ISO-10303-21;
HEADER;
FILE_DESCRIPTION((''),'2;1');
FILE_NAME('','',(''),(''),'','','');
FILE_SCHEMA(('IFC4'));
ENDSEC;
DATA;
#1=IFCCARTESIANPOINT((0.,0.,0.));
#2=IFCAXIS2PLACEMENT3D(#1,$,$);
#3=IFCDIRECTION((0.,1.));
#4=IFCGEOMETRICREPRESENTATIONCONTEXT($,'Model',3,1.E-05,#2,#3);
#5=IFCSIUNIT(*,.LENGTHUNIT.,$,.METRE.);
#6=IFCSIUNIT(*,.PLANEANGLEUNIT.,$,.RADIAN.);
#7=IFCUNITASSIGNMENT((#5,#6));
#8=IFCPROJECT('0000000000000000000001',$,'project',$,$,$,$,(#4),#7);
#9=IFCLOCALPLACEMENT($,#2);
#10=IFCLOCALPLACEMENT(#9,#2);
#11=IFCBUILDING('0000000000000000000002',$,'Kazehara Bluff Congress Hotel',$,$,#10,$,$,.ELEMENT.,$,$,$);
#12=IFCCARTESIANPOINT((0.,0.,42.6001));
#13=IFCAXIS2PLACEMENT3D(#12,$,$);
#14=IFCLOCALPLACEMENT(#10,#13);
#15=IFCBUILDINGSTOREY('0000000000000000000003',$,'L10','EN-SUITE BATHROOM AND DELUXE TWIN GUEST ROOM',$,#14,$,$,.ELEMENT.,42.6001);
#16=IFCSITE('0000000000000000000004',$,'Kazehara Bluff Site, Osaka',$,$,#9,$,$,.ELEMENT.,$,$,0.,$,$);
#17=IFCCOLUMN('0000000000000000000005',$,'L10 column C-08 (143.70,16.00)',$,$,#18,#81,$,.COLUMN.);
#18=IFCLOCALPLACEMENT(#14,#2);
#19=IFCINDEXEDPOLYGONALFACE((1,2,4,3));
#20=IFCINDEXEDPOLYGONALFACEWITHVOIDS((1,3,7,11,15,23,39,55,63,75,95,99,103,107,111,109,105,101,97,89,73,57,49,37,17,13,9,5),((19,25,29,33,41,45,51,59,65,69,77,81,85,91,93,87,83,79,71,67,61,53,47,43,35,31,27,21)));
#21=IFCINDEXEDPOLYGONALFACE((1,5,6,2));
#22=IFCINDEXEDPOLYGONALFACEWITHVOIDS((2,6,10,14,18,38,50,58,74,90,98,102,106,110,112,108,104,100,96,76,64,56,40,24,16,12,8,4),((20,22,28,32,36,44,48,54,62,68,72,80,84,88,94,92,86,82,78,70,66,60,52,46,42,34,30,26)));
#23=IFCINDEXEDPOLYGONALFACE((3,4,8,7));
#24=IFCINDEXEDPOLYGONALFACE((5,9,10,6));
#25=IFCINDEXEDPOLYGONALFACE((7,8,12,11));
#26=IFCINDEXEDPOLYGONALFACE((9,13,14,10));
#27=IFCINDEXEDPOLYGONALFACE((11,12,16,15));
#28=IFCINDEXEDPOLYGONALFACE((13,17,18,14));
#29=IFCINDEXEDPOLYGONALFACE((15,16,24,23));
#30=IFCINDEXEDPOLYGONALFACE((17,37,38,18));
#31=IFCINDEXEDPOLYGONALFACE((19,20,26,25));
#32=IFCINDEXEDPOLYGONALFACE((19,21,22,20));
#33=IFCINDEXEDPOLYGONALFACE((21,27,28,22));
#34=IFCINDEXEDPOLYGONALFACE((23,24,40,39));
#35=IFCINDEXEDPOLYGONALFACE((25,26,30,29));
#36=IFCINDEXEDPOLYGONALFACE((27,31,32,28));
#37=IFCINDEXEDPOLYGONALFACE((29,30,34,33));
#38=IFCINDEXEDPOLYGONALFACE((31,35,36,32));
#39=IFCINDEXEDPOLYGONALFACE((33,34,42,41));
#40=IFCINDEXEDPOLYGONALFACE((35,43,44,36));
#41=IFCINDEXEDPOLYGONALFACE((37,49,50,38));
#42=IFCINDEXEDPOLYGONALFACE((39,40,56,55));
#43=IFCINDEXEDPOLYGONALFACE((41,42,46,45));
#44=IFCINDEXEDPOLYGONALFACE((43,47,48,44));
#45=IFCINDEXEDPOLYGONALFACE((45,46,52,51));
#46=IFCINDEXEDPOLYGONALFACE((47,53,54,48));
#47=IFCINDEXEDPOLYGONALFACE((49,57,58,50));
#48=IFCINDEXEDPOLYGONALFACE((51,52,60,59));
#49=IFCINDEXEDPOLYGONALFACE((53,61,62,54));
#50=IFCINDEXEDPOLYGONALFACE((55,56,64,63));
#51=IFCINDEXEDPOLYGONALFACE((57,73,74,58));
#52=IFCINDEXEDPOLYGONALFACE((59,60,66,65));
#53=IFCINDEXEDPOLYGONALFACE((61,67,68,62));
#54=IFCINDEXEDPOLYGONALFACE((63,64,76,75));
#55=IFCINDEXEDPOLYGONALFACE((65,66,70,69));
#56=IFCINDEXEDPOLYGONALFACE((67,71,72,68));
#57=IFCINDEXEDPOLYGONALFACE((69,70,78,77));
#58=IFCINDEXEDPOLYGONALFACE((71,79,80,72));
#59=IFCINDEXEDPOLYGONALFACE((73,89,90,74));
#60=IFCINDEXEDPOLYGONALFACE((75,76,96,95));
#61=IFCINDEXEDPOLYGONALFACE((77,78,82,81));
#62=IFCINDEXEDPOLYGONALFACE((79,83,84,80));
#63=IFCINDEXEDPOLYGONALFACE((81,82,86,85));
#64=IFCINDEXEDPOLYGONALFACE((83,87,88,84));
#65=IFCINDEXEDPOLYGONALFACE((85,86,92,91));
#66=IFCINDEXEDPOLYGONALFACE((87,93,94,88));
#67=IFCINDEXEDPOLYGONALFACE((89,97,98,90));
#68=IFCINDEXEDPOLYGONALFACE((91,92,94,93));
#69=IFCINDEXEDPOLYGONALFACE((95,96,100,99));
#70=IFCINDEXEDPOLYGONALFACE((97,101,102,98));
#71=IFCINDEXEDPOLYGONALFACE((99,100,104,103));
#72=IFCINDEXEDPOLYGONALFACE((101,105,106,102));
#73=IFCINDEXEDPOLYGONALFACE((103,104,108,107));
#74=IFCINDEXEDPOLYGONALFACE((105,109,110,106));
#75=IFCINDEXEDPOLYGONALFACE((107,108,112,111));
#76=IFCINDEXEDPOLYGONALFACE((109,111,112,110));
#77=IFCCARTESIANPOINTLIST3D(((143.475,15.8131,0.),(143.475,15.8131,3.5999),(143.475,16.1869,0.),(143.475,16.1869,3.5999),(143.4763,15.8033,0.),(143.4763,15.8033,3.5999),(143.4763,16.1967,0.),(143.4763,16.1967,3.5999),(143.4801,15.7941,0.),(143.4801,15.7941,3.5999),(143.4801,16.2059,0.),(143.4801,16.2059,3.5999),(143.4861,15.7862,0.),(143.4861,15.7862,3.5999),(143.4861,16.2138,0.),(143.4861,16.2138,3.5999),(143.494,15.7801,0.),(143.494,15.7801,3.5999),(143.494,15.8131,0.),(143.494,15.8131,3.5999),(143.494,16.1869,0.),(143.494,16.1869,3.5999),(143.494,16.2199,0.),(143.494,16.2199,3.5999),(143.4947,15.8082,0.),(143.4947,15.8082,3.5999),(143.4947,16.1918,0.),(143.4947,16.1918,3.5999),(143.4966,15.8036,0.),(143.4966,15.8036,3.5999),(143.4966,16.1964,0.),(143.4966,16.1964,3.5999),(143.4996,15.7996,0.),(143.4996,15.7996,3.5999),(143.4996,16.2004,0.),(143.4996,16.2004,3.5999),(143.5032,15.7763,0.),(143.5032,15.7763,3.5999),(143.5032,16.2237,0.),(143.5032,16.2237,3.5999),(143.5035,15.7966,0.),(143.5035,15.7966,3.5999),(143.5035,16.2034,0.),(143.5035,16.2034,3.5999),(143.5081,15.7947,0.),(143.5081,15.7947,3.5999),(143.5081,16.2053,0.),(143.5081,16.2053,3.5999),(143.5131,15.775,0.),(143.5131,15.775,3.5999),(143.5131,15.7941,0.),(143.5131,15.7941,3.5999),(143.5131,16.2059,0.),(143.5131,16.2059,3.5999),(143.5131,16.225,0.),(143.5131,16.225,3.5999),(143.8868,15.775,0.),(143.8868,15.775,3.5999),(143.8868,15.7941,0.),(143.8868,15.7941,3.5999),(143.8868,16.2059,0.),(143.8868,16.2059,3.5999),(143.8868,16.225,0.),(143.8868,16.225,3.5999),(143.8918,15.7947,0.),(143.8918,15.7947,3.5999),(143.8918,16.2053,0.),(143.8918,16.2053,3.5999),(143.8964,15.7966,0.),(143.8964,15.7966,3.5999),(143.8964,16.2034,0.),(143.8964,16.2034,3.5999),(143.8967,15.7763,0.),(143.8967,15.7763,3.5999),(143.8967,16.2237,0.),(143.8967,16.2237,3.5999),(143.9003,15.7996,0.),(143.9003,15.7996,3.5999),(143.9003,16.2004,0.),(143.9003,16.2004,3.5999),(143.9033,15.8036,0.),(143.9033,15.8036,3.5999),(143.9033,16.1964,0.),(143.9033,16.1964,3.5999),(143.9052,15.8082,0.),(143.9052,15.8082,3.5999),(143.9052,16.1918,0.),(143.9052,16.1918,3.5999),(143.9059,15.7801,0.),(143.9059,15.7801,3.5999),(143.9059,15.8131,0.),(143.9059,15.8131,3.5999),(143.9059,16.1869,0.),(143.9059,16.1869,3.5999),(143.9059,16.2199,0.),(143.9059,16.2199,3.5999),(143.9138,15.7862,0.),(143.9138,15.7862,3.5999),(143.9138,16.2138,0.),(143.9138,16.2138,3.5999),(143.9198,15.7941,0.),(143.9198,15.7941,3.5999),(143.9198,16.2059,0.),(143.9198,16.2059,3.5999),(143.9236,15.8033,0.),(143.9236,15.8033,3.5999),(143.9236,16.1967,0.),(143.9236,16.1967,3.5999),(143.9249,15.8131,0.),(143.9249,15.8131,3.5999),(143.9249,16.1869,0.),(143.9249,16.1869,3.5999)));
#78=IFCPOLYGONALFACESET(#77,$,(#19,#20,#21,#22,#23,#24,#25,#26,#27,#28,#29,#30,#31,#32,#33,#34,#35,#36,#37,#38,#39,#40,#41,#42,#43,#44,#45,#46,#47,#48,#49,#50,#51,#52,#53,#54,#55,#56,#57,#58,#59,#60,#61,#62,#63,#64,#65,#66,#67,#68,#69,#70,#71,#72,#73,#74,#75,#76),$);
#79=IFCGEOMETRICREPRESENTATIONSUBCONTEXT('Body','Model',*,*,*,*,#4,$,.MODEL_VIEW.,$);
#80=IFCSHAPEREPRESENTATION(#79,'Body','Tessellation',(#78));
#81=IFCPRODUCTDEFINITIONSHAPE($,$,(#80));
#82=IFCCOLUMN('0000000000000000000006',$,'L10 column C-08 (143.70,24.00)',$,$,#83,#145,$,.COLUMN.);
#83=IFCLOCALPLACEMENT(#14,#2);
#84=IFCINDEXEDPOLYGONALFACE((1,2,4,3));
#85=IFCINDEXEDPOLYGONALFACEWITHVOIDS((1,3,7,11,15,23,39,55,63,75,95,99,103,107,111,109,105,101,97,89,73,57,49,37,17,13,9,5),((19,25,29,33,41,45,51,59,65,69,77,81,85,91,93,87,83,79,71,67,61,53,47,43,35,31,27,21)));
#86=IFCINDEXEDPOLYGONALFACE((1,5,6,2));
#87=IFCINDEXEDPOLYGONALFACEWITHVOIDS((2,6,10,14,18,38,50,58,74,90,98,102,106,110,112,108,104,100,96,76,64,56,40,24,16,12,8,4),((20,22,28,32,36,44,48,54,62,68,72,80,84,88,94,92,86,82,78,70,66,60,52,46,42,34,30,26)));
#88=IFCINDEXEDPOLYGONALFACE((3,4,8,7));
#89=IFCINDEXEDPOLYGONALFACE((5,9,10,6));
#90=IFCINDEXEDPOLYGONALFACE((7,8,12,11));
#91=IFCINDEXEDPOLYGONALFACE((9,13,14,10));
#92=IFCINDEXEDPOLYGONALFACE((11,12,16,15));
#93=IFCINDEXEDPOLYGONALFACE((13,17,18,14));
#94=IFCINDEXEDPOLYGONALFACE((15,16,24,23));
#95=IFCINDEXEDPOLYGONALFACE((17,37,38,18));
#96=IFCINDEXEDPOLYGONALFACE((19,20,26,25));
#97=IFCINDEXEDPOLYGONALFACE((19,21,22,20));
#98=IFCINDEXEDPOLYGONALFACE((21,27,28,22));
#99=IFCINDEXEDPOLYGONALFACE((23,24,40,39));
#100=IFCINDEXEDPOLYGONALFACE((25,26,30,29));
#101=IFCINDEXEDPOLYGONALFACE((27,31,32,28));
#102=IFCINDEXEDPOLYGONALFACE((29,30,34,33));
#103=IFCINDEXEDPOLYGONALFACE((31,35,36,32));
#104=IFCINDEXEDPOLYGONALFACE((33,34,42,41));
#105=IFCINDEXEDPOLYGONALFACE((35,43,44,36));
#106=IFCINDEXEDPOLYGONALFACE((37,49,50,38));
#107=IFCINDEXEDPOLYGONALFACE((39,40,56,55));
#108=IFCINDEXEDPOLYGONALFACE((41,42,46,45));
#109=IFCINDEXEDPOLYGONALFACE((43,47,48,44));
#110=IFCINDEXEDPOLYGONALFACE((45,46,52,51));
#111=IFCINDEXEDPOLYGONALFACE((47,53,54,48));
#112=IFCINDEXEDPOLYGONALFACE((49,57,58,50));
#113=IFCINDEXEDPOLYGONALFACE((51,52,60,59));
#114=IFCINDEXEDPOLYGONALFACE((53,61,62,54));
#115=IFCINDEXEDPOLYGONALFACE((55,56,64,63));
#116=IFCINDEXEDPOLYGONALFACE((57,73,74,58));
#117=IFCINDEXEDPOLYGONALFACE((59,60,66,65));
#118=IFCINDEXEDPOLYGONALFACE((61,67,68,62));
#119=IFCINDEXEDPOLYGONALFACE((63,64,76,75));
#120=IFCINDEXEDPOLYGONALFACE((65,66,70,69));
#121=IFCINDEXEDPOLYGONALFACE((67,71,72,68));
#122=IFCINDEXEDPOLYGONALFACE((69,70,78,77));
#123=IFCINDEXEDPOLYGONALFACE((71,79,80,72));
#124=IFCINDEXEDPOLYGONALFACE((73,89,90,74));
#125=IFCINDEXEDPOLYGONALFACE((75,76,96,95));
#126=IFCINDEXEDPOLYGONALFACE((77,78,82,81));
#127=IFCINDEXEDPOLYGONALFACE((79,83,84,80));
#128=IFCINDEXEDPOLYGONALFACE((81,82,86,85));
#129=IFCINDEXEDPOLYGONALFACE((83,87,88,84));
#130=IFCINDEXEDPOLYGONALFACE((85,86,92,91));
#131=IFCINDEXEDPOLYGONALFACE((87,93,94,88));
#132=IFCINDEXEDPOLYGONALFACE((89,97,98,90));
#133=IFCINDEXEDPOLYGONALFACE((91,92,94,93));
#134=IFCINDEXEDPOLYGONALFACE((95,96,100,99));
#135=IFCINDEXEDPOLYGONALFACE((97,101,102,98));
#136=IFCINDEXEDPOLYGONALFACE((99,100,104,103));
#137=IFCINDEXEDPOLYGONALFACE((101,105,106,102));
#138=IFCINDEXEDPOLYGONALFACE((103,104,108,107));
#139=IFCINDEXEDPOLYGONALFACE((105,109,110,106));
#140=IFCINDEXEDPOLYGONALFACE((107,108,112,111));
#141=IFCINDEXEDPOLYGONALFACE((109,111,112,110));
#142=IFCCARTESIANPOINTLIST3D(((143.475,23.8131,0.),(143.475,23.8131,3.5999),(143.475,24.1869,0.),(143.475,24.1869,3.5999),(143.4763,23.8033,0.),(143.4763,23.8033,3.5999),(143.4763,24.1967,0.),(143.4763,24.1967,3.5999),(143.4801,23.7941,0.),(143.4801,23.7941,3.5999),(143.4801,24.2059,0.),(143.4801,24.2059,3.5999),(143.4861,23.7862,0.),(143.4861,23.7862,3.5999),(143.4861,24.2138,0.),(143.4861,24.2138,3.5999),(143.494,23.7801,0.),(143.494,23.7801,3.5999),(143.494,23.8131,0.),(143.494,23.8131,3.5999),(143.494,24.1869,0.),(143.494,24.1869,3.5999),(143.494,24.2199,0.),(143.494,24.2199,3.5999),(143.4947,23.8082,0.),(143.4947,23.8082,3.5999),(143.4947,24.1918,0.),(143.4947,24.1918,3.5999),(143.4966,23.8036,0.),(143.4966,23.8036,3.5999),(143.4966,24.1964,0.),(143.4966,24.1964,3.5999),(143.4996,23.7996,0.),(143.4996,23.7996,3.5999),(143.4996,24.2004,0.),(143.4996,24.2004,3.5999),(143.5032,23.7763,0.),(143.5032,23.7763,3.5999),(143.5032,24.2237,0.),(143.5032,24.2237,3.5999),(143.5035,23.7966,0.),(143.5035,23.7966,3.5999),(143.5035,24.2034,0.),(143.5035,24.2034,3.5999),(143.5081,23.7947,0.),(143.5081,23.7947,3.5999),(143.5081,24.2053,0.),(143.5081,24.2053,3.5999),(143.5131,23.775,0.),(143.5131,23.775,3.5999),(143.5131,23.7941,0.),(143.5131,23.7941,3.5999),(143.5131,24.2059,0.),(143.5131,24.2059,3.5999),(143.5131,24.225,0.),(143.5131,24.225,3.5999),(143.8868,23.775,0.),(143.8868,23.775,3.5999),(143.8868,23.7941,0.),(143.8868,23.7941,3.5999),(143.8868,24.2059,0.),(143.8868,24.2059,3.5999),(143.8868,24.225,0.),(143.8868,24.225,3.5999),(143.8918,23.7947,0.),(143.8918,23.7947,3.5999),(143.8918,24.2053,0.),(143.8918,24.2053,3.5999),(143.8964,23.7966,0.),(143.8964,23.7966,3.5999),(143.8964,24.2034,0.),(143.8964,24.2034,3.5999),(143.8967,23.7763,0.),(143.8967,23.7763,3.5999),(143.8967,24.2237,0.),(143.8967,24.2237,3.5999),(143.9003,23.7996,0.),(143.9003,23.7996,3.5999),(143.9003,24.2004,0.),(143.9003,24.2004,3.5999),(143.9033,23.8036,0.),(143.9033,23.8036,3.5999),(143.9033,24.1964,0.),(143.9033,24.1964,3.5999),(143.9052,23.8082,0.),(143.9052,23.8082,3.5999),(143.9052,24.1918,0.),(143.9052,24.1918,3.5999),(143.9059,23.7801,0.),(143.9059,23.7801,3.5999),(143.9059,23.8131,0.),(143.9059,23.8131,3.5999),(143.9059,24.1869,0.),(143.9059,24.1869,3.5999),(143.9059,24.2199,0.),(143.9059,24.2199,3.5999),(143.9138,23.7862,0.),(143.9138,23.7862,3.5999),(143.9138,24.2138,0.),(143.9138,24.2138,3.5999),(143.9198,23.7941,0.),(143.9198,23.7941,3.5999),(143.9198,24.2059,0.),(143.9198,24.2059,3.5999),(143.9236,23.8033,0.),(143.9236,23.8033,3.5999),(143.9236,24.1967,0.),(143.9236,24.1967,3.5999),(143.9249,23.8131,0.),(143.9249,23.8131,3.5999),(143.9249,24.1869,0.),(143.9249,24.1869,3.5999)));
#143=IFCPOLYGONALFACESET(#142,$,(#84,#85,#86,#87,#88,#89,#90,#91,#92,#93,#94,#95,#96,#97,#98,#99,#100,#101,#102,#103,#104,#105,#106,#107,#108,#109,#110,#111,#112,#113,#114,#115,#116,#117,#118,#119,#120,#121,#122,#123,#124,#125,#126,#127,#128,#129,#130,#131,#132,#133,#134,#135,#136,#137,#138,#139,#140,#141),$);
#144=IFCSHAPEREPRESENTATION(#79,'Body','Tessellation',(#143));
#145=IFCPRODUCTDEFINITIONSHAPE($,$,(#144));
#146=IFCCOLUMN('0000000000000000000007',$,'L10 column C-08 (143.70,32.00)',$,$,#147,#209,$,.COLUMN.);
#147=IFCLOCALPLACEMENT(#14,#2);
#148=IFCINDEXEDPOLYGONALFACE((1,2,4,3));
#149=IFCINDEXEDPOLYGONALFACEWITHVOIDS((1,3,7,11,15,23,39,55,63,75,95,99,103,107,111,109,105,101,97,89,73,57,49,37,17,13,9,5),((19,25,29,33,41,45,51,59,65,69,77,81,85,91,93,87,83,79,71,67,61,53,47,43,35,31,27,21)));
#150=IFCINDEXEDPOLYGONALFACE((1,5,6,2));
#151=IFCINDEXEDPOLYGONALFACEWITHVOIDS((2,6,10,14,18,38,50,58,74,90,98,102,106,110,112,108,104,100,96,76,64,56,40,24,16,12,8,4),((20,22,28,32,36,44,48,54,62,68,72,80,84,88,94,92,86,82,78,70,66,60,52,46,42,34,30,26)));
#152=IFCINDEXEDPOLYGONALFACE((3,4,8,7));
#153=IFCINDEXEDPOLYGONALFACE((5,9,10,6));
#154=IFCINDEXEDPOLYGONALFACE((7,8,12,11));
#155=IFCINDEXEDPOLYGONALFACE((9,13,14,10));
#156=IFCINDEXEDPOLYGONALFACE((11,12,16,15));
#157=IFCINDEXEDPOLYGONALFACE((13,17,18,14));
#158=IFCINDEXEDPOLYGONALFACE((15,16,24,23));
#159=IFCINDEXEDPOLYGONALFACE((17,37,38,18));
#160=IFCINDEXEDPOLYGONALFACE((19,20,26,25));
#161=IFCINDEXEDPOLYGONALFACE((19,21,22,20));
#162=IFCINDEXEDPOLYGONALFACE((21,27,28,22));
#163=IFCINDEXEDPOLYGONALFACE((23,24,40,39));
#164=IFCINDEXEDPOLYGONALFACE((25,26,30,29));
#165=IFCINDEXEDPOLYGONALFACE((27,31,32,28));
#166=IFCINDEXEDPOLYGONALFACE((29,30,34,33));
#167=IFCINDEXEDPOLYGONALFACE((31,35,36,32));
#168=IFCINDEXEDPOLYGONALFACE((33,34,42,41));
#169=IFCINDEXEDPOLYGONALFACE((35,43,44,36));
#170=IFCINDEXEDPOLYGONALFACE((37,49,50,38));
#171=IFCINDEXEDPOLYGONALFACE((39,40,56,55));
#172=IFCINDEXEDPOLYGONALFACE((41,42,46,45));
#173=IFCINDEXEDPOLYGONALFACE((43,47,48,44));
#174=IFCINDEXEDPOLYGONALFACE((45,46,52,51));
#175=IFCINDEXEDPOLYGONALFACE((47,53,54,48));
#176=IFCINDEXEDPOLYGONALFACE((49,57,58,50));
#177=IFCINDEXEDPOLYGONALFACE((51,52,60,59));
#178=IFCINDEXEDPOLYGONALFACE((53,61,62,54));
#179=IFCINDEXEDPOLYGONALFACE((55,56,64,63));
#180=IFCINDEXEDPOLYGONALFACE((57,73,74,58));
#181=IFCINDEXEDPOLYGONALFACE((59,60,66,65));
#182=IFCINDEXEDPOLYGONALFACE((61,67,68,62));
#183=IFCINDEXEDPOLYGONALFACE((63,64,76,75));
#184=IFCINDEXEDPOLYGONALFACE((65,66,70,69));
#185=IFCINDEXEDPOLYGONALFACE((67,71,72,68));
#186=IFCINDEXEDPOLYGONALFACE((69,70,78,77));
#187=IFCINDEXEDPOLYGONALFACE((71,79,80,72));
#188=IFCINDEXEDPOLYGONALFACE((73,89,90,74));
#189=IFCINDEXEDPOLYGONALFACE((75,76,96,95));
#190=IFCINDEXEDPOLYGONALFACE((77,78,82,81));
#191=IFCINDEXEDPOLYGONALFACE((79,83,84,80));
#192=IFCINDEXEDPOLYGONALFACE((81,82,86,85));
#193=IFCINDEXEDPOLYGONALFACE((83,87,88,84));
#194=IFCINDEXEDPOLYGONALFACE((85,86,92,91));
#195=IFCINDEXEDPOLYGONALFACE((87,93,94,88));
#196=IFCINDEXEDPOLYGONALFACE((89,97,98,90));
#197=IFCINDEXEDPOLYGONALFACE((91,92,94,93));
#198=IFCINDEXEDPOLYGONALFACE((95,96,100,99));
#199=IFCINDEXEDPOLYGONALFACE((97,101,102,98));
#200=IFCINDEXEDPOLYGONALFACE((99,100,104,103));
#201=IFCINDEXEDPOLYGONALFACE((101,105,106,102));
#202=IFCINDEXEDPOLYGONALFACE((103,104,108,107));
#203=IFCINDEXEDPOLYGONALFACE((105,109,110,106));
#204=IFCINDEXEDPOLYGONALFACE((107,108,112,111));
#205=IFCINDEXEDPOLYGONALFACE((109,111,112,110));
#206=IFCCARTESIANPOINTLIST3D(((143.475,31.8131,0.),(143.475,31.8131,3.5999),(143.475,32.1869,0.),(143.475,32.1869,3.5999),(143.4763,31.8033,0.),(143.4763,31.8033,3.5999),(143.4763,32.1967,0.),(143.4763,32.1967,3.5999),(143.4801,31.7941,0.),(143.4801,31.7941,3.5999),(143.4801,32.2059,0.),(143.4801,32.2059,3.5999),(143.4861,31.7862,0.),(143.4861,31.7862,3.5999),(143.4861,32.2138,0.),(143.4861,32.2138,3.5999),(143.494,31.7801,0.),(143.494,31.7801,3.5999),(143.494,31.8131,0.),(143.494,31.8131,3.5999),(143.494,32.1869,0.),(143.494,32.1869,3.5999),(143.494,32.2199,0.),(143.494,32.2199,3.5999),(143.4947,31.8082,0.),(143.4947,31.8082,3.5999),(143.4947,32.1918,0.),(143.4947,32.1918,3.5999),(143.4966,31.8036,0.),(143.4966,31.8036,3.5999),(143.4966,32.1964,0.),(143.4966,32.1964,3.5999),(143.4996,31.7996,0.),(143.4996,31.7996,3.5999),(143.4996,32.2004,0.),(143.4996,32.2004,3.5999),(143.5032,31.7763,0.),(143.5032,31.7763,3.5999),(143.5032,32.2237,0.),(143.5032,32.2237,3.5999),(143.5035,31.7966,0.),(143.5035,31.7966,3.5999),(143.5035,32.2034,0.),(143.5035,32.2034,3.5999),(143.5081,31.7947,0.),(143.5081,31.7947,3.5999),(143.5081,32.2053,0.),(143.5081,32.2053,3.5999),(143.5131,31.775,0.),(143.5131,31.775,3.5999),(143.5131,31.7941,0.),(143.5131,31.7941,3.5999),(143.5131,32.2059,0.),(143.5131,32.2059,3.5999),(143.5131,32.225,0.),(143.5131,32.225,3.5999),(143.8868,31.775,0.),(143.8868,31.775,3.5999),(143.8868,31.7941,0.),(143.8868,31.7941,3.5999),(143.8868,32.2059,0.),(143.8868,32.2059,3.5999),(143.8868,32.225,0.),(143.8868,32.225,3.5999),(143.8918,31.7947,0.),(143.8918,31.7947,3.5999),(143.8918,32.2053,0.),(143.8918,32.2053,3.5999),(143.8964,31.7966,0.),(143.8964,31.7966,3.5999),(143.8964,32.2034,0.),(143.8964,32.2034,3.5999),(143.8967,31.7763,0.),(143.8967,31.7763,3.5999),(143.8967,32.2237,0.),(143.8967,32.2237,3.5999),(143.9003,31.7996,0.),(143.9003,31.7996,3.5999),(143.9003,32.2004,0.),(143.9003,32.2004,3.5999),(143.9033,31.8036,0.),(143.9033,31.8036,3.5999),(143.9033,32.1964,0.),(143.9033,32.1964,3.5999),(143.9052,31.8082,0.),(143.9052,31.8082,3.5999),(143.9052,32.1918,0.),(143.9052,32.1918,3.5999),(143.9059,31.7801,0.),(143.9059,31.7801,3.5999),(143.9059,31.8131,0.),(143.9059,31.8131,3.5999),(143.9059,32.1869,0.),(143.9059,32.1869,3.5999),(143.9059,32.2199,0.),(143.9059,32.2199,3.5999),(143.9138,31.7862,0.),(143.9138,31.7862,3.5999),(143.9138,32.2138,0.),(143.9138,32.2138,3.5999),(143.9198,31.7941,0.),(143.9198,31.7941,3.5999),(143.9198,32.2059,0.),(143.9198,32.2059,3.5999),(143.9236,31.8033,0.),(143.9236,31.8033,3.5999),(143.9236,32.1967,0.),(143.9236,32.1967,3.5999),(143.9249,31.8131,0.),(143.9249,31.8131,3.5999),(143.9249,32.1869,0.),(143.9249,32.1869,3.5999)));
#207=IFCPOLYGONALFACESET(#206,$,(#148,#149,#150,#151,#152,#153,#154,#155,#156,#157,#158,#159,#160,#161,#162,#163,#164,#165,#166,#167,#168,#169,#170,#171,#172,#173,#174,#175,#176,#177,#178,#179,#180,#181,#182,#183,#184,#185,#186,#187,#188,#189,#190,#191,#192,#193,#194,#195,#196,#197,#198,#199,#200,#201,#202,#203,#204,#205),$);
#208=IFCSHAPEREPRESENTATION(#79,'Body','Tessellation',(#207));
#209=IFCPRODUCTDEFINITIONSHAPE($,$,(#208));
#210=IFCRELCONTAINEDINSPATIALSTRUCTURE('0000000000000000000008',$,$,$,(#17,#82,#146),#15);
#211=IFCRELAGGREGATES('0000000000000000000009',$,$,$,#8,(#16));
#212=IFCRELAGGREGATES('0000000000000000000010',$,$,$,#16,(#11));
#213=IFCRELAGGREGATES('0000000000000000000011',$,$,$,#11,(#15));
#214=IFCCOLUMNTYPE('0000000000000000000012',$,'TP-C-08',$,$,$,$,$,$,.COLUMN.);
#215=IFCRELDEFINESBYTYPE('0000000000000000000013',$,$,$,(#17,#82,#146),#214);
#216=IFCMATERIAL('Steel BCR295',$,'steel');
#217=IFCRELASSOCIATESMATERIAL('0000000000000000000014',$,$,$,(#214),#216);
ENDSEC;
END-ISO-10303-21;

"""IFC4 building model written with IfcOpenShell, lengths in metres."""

from ifc_helpers import new_model, si_unit, direction, frame, origin, origin_2d, place, context, subcontext, project, spatial, hollow_rectangle, extrude, material, material_profile, profile_set, type_object, element, save


model = new_model("IFC4")

# Units and contexts
model_context = context("Model", 3, precision=1e-05, world=origin(), true_north=direction((0.0, 1.0)))
body_context = subcontext(model_context, "Body", "Model", "MODEL_VIEW")
ifc_project = project(units=[si_unit("LENGTHUNIT", "METRE"), si_unit("PLANEANGLEUNIT", "RADIAN")], contexts=[model_context])

# Site, building, storey
site_placement = place(None, origin())
site = spatial("IfcSite", under=ifc_project, at=site_placement, Name="Kazehara Bluff Site, Osaka", CompositionType="ELEMENT", RefElevation=0.0)
building_placement = place(site_placement, origin())
building = spatial("IfcBuilding", under=site, at=building_placement, Name="Kazehara Bluff Congress Hotel", CompositionType="ELEMENT")
storey_placement = place(building_placement, frame((0.0, 0.0, 42.6001)))
storey = spatial("IfcBuildingStorey", under=building, at=storey_placement, Name="L10", Description="EN-SUITE BATHROOM AND DELUXE TWIN GUEST ROOM", CompositionType="ELEMENT", Elevation=42.6001)

# Columns
ifc_material_1 = material(Name="Steel BCR295", Category="steel")
ifc_material_profile_1 = material_profile(ifc_material_1, hollow_rectangle(XDim=0.45, YDim=0.45, WallThickness=0.019, InnerFilletRadius=0.019, OuterFilletRadius=0.0381, at=origin_2d()))
ifc_profile_set_1 = profile_set([ifc_material_profile_1], Name="Steel BCR295")
column_type = type_object("IfcColumnType", Name="TP-C-08", PredefinedType="COLUMN", material=ifc_profile_set_1)
for number, where, z_axis, x_axis, name in (
    (1, (143.7, 16.0, 0.0), (0.0, 0.0, 1.0), (1.0, 0.0, 0.0), "L10 column C-08 (143.70,16.00)"),
    (2, (143.7, 24.0, 0.0), (0.0, 0.0, 1.0), (1.0, 0.0, 0.0), "L10 column C-08 (143.70,24.00)"),
    (3, (143.7, 32.0, 0.0), (0.0, 0.0, 1.0), (1.0, 0.0, 0.0), "L10 column C-08 (143.70,32.00)"),
):
    element("IfcColumn", number, at=place(storey_placement, frame(where, z_axis=z_axis, x_axis=x_axis)), inside=storey, type_object=column_type, Name=name, PredefinedType="COLUMN", context=body_context, shape_type="SweptSolid", body=[
        extrude(hollow_rectangle(XDim=0.45, YDim=0.45, WallThickness=0.019, InnerFilletRadius=0.019, OuterFilletRadius=0.0381, at=origin_2d()), origin(), (0.0, 0.0, 1.0), 3.5999),
    ])

save(model, "model.ifc")
